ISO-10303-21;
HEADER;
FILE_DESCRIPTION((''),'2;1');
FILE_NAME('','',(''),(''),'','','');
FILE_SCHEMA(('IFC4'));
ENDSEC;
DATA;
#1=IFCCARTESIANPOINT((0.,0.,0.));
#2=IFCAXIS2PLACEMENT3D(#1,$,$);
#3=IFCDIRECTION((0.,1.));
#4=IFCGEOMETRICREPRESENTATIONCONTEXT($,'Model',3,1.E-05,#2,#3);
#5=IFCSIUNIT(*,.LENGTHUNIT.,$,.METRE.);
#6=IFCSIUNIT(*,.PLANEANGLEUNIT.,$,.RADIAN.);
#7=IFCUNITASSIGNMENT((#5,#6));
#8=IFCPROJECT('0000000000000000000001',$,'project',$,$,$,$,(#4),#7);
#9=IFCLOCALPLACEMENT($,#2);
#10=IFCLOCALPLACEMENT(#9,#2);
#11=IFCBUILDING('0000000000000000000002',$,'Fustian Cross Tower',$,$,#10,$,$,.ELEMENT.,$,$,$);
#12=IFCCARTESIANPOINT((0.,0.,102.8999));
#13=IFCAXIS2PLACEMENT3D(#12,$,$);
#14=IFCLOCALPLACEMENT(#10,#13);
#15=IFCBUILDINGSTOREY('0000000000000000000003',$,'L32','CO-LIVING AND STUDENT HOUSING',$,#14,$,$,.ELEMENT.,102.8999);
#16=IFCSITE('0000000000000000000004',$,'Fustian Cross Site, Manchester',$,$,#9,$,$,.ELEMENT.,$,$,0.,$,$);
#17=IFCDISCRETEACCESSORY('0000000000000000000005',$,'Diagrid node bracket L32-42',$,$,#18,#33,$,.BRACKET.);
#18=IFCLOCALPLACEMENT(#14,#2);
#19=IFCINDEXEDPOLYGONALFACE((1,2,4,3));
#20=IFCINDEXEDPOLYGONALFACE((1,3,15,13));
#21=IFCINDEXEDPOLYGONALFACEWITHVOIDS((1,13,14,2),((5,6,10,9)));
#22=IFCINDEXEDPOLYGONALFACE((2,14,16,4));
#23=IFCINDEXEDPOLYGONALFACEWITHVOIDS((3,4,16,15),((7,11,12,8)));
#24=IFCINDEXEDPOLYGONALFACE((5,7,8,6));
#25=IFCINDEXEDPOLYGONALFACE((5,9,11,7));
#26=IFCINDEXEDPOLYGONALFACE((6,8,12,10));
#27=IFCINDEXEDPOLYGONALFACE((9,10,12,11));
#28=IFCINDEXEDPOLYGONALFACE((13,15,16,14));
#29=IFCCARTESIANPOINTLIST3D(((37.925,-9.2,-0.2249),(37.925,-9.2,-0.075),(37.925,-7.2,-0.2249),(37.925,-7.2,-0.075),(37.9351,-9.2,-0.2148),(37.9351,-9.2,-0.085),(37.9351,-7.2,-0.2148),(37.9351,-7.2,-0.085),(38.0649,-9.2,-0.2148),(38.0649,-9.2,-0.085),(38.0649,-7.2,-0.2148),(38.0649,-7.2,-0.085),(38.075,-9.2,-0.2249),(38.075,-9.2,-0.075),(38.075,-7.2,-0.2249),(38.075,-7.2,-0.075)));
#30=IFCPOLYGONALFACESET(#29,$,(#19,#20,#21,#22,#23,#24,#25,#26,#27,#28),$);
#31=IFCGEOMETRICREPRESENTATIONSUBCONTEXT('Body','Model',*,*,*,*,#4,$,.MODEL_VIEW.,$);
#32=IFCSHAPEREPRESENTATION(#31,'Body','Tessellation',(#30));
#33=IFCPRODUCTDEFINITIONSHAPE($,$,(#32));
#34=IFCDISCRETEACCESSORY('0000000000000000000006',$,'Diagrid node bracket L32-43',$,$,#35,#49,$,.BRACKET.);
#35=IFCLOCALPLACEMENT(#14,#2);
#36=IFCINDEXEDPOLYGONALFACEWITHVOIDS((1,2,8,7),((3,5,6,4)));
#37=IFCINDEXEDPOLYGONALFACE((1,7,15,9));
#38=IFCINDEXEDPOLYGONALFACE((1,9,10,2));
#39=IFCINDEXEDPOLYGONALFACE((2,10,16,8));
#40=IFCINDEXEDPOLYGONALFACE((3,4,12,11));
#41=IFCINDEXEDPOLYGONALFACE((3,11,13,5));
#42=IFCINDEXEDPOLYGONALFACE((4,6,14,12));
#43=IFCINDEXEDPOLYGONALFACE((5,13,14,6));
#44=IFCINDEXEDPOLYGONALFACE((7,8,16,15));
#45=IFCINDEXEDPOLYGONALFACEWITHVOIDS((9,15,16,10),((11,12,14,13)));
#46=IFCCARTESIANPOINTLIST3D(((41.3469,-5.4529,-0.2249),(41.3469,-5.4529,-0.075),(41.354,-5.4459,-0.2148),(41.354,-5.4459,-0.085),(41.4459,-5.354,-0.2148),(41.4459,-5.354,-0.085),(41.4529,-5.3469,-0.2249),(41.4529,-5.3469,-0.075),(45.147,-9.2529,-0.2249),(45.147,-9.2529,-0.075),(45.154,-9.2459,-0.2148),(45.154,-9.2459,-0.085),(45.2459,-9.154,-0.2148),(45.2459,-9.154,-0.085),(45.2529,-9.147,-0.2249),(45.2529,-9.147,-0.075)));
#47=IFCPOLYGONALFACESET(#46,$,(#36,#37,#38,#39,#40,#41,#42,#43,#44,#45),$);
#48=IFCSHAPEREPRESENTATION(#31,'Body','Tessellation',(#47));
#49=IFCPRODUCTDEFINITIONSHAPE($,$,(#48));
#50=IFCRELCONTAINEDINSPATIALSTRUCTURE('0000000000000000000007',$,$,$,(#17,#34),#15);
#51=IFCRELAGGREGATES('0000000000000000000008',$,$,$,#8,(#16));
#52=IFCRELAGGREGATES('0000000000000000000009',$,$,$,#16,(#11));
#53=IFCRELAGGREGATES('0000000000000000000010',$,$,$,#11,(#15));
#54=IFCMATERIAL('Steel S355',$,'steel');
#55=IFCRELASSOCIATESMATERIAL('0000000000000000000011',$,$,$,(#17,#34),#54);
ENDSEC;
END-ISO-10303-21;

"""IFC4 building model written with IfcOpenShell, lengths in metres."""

from ifc_helpers import new_model, si_unit, direction, frame, origin, origin_2d, place, context, subcontext, project, spatial, hollow_rectangle, extrude, material, element, save


model = new_model("IFC4")

# Units and contexts
model_context = context("Model", 3, precision=1e-05, world=origin(), true_north=direction((0.0, 1.0)))
body_context = subcontext(model_context, "Body", "Model", "MODEL_VIEW")
ifc_project = project(units=[si_unit("LENGTHUNIT", "METRE"), si_unit("PLANEANGLEUNIT", "RADIAN")], contexts=[model_context])

# Site, building, storey
site_placement = place(None, origin())
site = spatial("IfcSite", under=ifc_project, at=site_placement, Name="Fustian Cross Site, Manchester", CompositionType="ELEMENT", RefElevation=0.0)
building_placement = place(site_placement, origin())
building = spatial("IfcBuilding", under=site, at=building_placement, Name="Fustian Cross Tower", CompositionType="ELEMENT")
storey_placement = place(building_placement, frame((0.0, 0.0, 102.8999)))
storey = spatial("IfcBuildingStorey", under=building, at=storey_placement, Name="L32", Description="CO-LIVING AND STUDENT HOUSING", CompositionType="ELEMENT", Elevation=102.8999)

# Discrete accessories
ifc_material_1 = material(Name="Steel S355", Category="steel")
discrete_accessory_1_placement = place(storey_placement, frame((38.0, -9.2, -0.1499), z_axis=(0.0, 1.0, 0.0), x_axis=(-1.0, 0.0, 0.0)))
element("IfcDiscreteAccessory", 1, at=discrete_accessory_1_placement, inside=storey, material=ifc_material_1, Name="Diagrid node bracket L32-42", PredefinedType="BRACKET", context=body_context, shape_type="SweptSolid", body=[
    extrude(hollow_rectangle(XDim=0.1499, YDim=0.1499, WallThickness=0.01, at=origin_2d()), origin(), (0.0, 0.0, 1.0), 2.0),
])
discrete_accessory_2_placement = place(storey_placement, frame((45.2, -9.2, -0.1499), z_axis=(-0.707107, 0.707107, 0.0), x_axis=(-0.707107, -0.707107, 0.0)))
element("IfcDiscreteAccessory", 2, at=discrete_accessory_2_placement, inside=storey, material=ifc_material_1, Name="Diagrid node bracket L32-43", PredefinedType="BRACKET", context=body_context, shape_type="SweptSolid", body=[
    extrude(hollow_rectangle(XDim=0.1499, YDim=0.1499, WallThickness=0.01, at=origin_2d()), origin(), (0.0, 0.0, 1.0), 5.374),
])

save(model, "model.ifc")
